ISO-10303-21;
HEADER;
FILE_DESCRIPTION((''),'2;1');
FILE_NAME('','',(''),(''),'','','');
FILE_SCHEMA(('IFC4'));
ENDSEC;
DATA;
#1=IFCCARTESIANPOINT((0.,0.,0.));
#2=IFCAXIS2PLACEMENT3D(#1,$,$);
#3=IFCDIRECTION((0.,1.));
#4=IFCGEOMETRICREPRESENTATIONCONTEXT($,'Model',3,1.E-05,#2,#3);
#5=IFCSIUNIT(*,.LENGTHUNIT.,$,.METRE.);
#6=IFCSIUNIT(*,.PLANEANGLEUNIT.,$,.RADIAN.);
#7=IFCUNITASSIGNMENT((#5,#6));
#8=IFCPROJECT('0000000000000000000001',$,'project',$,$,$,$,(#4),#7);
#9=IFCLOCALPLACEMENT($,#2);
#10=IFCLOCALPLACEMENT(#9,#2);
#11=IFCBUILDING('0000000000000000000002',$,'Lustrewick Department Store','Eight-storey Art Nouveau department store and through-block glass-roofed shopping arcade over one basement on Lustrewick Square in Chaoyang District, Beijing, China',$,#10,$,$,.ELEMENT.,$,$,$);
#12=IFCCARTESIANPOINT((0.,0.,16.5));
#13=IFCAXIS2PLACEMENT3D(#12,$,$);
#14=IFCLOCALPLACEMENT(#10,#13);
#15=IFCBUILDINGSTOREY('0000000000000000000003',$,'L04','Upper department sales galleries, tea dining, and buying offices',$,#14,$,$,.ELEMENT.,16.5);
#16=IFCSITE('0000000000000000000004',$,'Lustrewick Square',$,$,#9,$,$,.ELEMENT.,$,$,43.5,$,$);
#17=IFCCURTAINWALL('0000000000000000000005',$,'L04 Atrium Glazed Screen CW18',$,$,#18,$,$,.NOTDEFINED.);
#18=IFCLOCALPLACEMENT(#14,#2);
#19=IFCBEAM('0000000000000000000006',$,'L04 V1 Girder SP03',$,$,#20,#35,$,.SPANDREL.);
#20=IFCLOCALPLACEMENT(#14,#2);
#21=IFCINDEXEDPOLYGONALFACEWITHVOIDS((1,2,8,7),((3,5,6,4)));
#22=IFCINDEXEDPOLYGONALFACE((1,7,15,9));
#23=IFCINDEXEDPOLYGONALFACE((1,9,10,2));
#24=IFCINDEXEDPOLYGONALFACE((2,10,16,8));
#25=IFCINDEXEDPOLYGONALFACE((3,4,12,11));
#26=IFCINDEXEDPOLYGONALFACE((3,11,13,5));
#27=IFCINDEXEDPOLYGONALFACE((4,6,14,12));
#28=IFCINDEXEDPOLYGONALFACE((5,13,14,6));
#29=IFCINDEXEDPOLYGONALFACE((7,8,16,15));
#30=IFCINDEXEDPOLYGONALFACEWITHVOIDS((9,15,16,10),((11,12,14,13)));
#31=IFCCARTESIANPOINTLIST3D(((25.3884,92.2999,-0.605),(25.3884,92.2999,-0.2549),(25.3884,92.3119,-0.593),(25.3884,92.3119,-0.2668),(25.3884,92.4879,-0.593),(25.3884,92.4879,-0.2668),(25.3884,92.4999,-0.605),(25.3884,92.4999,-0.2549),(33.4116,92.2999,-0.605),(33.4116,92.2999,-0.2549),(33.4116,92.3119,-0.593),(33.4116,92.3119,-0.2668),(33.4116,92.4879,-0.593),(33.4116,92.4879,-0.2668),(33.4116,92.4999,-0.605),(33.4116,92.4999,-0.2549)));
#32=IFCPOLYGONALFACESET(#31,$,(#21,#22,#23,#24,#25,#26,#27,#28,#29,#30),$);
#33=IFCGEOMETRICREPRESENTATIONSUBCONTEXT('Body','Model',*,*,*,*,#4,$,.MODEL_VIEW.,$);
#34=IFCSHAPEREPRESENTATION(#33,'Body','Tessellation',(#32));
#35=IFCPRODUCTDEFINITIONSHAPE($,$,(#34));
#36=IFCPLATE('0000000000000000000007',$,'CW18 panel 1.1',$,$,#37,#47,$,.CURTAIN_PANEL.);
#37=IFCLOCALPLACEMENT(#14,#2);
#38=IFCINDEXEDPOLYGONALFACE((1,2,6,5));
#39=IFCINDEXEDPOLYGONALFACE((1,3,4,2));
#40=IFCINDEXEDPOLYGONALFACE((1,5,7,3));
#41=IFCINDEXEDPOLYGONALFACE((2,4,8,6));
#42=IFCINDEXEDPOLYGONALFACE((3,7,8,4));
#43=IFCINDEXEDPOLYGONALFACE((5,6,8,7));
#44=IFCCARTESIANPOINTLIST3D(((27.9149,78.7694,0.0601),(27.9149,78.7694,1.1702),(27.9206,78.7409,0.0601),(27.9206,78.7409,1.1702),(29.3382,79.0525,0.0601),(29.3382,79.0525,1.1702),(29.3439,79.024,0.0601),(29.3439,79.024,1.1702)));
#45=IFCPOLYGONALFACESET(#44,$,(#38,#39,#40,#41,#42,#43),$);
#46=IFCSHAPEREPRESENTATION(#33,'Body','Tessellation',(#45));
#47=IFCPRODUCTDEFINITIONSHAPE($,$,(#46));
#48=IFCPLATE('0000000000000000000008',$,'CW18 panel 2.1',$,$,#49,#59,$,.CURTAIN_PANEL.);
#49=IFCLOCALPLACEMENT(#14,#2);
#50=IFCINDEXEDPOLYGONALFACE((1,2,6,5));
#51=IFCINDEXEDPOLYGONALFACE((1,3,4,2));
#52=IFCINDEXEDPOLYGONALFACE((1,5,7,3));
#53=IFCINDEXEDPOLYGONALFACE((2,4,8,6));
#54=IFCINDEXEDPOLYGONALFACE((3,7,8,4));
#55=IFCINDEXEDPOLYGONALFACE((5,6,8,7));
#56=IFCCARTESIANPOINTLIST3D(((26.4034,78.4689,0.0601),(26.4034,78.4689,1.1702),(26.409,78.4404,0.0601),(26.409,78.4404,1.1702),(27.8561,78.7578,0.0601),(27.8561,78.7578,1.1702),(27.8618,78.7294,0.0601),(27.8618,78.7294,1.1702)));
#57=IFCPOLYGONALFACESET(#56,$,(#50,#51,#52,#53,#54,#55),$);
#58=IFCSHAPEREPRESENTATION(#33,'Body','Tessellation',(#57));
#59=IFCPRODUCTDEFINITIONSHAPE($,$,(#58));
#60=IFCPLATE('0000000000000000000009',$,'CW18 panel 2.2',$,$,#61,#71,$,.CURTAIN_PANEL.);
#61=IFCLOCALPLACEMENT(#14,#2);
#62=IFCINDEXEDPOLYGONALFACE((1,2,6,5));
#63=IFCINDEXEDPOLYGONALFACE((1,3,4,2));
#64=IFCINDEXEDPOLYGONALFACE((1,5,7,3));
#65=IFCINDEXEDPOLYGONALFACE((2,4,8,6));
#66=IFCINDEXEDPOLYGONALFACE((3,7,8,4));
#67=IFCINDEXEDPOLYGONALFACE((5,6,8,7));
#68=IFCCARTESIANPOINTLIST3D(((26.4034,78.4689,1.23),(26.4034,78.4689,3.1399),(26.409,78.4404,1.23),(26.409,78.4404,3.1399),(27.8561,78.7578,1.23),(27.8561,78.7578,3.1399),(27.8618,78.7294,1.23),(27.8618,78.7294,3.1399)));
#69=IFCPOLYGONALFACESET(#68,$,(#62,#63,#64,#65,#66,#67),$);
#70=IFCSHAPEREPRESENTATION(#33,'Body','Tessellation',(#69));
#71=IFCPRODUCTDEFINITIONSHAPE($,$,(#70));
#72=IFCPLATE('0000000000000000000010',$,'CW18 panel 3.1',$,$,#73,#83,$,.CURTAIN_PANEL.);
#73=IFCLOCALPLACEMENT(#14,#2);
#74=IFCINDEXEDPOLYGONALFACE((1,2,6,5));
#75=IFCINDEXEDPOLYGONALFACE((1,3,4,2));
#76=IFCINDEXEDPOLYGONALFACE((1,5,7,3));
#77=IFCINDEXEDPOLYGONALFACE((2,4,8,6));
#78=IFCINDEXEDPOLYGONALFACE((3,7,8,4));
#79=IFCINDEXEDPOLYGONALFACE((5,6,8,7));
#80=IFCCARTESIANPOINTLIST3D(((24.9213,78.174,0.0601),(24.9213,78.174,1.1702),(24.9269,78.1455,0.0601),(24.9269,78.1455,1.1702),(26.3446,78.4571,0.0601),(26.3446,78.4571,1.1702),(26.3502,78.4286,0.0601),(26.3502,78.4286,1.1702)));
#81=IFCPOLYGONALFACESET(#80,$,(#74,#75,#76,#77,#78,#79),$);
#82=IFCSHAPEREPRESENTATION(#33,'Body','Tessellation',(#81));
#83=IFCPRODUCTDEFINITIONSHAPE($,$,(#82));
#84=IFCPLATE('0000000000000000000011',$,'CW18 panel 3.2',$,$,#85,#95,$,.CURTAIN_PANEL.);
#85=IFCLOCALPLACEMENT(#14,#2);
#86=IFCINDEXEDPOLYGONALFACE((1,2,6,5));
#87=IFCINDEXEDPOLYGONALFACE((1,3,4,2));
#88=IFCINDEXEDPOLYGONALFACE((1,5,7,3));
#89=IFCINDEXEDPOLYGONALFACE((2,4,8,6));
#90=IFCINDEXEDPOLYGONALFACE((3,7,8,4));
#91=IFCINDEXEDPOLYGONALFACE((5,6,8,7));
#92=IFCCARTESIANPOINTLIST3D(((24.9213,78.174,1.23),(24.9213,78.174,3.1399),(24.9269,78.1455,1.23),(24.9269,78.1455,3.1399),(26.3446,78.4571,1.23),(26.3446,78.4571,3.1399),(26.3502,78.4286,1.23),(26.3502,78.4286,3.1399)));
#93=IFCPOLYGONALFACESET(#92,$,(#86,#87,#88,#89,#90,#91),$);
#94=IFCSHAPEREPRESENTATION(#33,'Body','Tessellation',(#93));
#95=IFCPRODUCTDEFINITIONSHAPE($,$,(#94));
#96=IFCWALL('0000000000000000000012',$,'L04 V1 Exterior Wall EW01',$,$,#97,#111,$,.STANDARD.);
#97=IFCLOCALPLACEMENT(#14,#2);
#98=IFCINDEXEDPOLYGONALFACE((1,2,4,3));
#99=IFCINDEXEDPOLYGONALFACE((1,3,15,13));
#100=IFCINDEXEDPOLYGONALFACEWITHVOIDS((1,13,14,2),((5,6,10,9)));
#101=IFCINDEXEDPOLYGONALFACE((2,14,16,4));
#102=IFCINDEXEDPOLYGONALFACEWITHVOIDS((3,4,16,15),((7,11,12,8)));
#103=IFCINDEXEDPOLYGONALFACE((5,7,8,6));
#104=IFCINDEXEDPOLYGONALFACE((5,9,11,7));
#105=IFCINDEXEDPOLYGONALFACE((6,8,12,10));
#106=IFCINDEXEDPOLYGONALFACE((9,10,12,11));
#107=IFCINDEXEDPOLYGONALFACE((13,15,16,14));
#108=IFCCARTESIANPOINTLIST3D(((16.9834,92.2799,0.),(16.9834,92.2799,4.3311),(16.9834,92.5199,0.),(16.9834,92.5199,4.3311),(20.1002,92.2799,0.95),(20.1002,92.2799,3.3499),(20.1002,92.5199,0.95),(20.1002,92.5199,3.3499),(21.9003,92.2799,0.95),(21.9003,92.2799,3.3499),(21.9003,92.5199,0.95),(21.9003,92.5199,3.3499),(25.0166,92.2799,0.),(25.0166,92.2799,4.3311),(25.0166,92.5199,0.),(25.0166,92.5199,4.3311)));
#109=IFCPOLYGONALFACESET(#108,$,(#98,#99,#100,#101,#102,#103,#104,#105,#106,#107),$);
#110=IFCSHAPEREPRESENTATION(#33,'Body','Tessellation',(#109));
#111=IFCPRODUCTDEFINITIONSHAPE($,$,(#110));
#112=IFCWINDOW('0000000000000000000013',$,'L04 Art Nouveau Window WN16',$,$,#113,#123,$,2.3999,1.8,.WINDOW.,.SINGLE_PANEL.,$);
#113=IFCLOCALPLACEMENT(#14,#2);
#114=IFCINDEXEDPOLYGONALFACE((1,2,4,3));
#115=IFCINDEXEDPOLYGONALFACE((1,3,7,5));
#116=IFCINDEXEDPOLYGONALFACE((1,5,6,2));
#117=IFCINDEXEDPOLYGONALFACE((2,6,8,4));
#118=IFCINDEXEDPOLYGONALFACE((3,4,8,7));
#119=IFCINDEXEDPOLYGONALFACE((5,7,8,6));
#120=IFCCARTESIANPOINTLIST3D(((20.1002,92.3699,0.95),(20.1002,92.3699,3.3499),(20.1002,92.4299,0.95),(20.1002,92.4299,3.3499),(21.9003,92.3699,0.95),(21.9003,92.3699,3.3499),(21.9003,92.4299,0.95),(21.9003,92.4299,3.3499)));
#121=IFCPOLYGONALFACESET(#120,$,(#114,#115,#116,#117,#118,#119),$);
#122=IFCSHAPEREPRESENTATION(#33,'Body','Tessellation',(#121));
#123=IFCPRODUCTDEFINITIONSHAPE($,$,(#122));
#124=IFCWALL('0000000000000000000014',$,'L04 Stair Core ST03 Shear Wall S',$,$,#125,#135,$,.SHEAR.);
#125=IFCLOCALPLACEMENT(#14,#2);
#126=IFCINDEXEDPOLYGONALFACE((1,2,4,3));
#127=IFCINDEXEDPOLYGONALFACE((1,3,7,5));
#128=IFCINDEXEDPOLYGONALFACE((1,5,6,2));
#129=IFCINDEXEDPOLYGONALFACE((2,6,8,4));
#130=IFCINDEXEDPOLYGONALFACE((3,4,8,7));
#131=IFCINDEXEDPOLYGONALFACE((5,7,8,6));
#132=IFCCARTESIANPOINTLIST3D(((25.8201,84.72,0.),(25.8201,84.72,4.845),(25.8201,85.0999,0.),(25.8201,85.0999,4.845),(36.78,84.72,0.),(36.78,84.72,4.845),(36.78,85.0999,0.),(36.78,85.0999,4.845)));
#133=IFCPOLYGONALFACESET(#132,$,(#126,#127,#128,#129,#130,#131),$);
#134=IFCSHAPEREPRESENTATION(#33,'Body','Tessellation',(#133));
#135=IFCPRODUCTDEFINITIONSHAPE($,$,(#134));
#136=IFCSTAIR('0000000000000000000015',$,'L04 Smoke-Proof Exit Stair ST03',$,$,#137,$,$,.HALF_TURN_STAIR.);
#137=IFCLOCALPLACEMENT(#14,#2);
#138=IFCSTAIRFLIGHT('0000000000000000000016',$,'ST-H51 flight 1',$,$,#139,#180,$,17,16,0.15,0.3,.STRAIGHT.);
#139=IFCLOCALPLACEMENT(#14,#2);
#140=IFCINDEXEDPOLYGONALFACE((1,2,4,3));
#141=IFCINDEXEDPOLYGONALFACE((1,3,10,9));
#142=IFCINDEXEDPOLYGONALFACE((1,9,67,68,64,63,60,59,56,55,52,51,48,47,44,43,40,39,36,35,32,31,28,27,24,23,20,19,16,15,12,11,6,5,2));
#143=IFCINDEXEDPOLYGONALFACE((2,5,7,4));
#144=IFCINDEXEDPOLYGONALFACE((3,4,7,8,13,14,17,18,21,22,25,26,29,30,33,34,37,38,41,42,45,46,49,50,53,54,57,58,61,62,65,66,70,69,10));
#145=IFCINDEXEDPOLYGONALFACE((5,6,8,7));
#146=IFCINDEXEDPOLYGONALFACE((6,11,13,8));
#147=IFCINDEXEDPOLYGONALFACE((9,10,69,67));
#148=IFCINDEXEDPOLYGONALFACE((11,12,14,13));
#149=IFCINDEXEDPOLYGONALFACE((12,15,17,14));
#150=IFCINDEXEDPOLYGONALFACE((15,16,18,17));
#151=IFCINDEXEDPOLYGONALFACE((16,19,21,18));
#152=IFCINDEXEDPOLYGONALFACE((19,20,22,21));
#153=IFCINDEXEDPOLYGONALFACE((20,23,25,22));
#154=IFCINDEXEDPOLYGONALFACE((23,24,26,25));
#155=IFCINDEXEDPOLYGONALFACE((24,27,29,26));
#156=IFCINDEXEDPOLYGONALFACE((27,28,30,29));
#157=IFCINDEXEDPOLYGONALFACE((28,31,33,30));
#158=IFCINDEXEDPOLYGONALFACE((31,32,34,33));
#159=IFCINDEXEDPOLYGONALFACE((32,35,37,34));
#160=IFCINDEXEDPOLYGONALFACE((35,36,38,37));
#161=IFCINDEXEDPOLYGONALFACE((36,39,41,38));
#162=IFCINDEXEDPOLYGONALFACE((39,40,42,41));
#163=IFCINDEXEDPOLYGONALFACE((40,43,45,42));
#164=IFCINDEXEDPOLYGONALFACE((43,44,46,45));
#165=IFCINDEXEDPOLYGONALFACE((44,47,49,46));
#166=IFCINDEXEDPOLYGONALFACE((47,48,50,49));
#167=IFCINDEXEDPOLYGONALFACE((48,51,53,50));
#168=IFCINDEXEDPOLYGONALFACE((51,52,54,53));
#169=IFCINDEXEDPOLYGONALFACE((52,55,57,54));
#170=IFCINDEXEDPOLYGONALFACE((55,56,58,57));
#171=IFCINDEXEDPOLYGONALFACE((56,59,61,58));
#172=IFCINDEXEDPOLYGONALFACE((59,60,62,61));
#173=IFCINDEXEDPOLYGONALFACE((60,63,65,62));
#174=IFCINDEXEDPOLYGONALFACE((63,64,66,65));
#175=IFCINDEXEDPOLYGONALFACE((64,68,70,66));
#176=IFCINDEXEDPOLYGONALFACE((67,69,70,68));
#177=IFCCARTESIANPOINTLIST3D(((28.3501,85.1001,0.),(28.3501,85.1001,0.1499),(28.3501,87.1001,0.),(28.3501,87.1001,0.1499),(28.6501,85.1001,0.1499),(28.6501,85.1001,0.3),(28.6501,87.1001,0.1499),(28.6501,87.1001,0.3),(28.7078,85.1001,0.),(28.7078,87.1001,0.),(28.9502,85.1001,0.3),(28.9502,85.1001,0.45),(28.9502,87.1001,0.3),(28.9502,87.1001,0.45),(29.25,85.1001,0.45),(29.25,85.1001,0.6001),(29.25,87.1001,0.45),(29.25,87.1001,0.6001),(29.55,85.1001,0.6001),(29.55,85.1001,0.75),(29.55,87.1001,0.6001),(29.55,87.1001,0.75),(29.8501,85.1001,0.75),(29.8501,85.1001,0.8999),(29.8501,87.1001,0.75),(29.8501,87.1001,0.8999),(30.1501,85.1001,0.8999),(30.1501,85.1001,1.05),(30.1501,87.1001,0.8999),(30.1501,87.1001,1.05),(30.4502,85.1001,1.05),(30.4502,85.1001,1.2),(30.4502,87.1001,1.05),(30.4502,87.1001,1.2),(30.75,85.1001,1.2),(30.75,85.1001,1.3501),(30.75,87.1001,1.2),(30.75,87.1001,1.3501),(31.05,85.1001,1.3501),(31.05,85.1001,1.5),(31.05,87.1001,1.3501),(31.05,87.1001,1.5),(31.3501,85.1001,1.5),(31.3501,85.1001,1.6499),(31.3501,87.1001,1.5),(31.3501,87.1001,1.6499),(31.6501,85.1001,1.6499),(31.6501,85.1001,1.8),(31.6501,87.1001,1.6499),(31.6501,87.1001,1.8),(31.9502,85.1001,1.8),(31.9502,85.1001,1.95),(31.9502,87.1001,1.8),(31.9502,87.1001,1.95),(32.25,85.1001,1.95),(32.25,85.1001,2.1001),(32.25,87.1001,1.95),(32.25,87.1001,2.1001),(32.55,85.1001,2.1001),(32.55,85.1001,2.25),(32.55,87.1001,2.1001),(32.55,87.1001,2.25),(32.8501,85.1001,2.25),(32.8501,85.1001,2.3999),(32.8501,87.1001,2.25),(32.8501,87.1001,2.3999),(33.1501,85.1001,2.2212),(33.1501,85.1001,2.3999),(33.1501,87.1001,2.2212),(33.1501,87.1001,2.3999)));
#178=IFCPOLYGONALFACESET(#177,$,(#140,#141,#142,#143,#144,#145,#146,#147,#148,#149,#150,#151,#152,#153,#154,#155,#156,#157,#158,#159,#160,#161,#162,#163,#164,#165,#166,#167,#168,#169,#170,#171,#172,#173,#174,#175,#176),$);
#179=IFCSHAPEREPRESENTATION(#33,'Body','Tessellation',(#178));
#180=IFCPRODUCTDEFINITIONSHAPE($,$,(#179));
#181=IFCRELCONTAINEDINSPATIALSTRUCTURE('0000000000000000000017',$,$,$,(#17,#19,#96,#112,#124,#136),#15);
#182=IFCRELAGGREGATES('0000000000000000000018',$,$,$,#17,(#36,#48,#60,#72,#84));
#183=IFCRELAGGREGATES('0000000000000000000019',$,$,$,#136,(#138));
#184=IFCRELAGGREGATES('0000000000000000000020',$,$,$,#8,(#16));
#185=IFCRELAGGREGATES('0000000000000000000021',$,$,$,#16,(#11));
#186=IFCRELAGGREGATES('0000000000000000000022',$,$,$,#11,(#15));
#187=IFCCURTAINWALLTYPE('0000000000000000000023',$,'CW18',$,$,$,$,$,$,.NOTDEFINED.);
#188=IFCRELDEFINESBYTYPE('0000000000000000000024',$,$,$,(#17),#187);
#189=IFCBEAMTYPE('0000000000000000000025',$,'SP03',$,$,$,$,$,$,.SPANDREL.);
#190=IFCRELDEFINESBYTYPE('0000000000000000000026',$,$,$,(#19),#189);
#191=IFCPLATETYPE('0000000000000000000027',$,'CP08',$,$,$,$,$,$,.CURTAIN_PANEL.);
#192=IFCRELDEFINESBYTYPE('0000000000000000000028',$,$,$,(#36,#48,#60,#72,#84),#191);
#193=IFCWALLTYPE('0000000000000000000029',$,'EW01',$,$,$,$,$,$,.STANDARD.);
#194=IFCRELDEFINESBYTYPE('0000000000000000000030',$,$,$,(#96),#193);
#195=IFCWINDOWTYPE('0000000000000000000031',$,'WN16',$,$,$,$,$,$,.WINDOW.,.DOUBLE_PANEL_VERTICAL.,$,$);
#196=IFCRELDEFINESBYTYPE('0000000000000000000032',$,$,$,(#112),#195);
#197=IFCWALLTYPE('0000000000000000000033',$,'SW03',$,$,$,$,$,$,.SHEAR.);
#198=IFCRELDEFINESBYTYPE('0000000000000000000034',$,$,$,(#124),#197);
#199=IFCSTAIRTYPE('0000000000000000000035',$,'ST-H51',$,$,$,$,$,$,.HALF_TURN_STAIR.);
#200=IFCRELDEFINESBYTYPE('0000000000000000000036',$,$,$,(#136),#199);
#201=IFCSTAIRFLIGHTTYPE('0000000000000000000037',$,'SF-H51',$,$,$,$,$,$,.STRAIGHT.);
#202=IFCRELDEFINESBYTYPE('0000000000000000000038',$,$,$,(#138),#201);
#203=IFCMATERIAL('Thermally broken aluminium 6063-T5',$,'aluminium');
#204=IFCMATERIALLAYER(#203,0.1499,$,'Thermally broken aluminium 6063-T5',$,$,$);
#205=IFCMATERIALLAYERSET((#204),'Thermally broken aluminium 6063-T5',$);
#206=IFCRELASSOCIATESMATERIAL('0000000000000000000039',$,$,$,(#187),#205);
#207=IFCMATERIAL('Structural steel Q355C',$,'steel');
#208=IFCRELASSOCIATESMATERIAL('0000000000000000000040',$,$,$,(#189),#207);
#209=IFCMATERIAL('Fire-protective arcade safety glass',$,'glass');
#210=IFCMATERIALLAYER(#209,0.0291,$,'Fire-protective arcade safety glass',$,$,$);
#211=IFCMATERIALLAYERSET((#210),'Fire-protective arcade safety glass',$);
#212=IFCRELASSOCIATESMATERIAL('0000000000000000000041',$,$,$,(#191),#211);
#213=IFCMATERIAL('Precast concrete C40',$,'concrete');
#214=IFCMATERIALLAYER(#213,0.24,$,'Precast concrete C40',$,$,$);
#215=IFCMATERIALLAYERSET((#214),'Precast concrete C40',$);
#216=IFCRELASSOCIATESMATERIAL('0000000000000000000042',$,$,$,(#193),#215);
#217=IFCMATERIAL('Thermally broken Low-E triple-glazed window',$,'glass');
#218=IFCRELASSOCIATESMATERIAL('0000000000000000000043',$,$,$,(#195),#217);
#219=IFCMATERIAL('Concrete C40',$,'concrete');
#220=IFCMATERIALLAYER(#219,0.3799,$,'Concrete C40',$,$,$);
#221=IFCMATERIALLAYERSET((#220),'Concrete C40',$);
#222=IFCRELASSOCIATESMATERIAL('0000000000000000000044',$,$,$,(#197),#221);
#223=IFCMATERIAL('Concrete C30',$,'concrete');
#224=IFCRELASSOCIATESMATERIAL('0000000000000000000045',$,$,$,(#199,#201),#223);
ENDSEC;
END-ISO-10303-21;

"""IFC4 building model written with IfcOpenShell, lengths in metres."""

from ifc_helpers import new_model, si_unit, direction, frame, frame_2d, origin, origin_2d, place, context, subcontext, project, spatial, polyline, rectangle, hollow_rectangle, outline, extrude, material, layer, layer_set, material_profile, profile_set, type_object, element, fill, aggregate, save


model = new_model("IFC4")

# Units and contexts
model_context = context("Model", 3, precision=1e-05, world=origin(), true_north=direction((0.0, 1.0)))
body_context = subcontext(model_context, "Body", "Model", "MODEL_VIEW")
ifc_project = project(units=[si_unit("LENGTHUNIT", "METRE"), si_unit("PLANEANGLEUNIT", "RADIAN")], contexts=[model_context])

# Site, building, storey
site_placement = place(None, origin())
site = spatial("IfcSite", under=ifc_project, at=site_placement, Name="Lustrewick Square", CompositionType="ELEMENT", RefElevation=43.5)
building_placement = place(site_placement, origin())
building = spatial("IfcBuilding", under=site, at=building_placement, Name="Lustrewick Department Store", Description="Eight-storey Art Nouveau department store and through-block glass-roofed shopping arcade over one basement on Lustrewick Square in Chaoyang District, Beijing, China", CompositionType="ELEMENT")
storey_placement = place(building_placement, frame((0.0, 0.0, 16.5)))
storey = spatial("IfcBuildingStorey", under=building, at=storey_placement, Name="L04", Description="Upper department sales galleries, tea dining, and buying offices", CompositionType="ELEMENT", Elevation=16.5)

# Shared definitions
ifc_material_1 = material(Name="Structural steel Q355C", Category="steel")

# Curtain wall
ifc_material_2 = material(Name="Thermally broken aluminium 6063-T5", Category="aluminium")
ifc_layer_1 = layer(ifc_material_2, 0.1499, Name="Thermally broken aluminium 6063-T5")
ifc_layer_set_1 = layer_set([ifc_layer_1], Name="Thermally broken aluminium 6063-T5")
curtain_wall_type_1 = type_object("IfcCurtainWallType", Name="CW18", PredefinedType="NOTDEFINED", material=ifc_layer_set_1)
curtain_wall_1_placement = place(storey_placement, origin())
curtain_wall_1 = element("IfcCurtainWall", 1, at=curtain_wall_1_placement, inside=storey, type_object=curtain_wall_type_1, Name="L04 Atrium Glazed Screen CW18", PredefinedType="NOTDEFINED")

# Beam
ifc_material_profile_1 = material_profile(ifc_material_1, hollow_rectangle(XDim=0.2, YDim=0.3501, WallThickness=0.012, at=origin_2d()), Name="RHS 350x200x12")
ifc_profile_set_1 = profile_set([ifc_material_profile_1], Name="Structural steel Q355C")
beam_type_1 = type_object("IfcBeamType", Name="SP03", PredefinedType="SPANDREL", material=ifc_profile_set_1)
beam_1_placement = place(storey_placement, frame((25.3884, 92.3999, -0.4299), z_axis=(1.0, 0.0, 0.0), x_axis=(0.0, 1.0, 0.0)))
element("IfcBeam", 2, at=beam_1_placement, inside=storey, type_object=beam_type_1, Name="L04 V1 Girder SP03", PredefinedType="SPANDREL", context=body_context, shape_type="SweptSolid", body=[
    extrude(hollow_rectangle(XDim=0.2, YDim=0.3501, WallThickness=0.012, at=origin_2d()), origin(), (0.0, 0.0, 1.0), 8.0232),
])

# Plates
ifc_material_3 = material(Name="Fire-protective arcade safety glass", Category="glass")
ifc_layer_2 = layer(ifc_material_3, 0.0291, Name="Fire-protective arcade safety glass")
ifc_layer_set_2 = layer_set([ifc_layer_2], Name="Fire-protective arcade safety glass")
plate_type = type_object("IfcPlateType", Name="CP08", PredefinedType="CURTAIN_PANEL", material=ifc_layer_set_2)
plate_1_placement = place(storey_placement, frame((28.6294, 78.8967, 0.0601), z_axis=(0.0, 0.0, 1.0), x_axis=(-0.980786, -0.195085, 0.0)))
plate_1 = element("IfcPlate", 3, at=plate_1_placement, type_object=plate_type, Name="CW18 panel 1.1", PredefinedType="CURTAIN_PANEL", context=body_context, shape_type="SweptSolid", body=[
    extrude(rectangle(XDim=1.4512, YDim=0.0291, at=origin_2d()), origin(), (0.0, 0.0, 1.0), 1.1101),
])
plate_2_placement = place(storey_placement, frame((27.1326, 78.5991, 0.0601), z_axis=(0.0, 0.0, 1.0), x_axis=(-0.980786, -0.195085, 0.0)))
plate_2 = element("IfcPlate", 4, at=plate_2_placement, type_object=plate_type, Name="CW18 panel 2.1", PredefinedType="CURTAIN_PANEL", context=body_context, shape_type="SweptSolid", body=[
    extrude(rectangle(XDim=1.4812, YDim=0.0291, at=origin_2d()), origin(), (0.0, 0.0, 1.0), 1.1101),
])
plate_3_placement = place(storey_placement, frame((27.1326, 78.5991, 1.23), z_axis=(0.0, 0.0, 1.0), x_axis=(-0.980786, -0.195085, 0.0)))
plate_3 = element("IfcPlate", 5, at=plate_3_placement, type_object=plate_type, Name="CW18 panel 2.2", PredefinedType="CURTAIN_PANEL", context=body_context, shape_type="SweptSolid", body=[
    extrude(rectangle(XDim=1.4812, YDim=0.0291, at=origin_2d()), origin(), (0.0, 0.0, 1.0), 1.9099),
])
plate_4_placement = place(storey_placement, frame((25.6357, 78.3013, 0.0601), z_axis=(0.0, 0.0, 1.0), x_axis=(-0.980786, -0.195085, 0.0)))
plate_4 = element("IfcPlate", 6, at=plate_4_placement, type_object=plate_type, Name="CW18 panel 3.1", PredefinedType="CURTAIN_PANEL", context=body_context, shape_type="SweptSolid", body=[
    extrude(rectangle(XDim=1.4512, YDim=0.0291, at=origin_2d()), origin(), (0.0, 0.0, 1.0), 1.1101),
])
plate_5_placement = place(storey_placement, frame((25.6357, 78.3013, 1.23), z_axis=(0.0, 0.0, 1.0), x_axis=(-0.980786, -0.195085, 0.0)))
plate_5 = element("IfcPlate", 7, at=plate_5_placement, type_object=plate_type, Name="CW18 panel 3.2", PredefinedType="CURTAIN_PANEL", context=body_context, shape_type="SweptSolid", body=[
    extrude(rectangle(XDim=1.4512, YDim=0.0291, at=origin_2d()), origin(), (0.0, 0.0, 1.0), 1.9099),
])
aggregate(curtain_wall_1, [plate_1, plate_2, plate_3, plate_4, plate_5])

# Wall, opening, window
ifc_material_4 = material(Name="Precast concrete C40", Category="concrete")
ifc_layer_3 = layer(ifc_material_4, 0.24, Name="Precast concrete C40")
ifc_layer_set_3 = layer_set([ifc_layer_3], Name="Precast concrete C40")
wall_type_1 = type_object("IfcWallType", Name="EW01", PredefinedType="STANDARD", material=ifc_layer_set_3)
wall_1_placement = place(storey_placement, frame((25.0166, 92.3999, 0.0), z_axis=(0.0, 0.0, 1.0), x_axis=(-1.0, 0.0, 0.0)))
wall_1 = element("IfcWall", 8, at=wall_1_placement, inside=storey, type_object=wall_type_1, Name="L04 V1 Exterior Wall EW01", PredefinedType="STANDARD", context=body_context, shape_type="SweptSolid", body=[
    extrude(rectangle(XDim=8.0332, YDim=0.24, at=frame_2d((4.0166, 0.0))), origin(), (0.0, 0.0, 1.0), 4.3311),
])
opening_1_placement = place(wall_1_placement, frame((3.1165, 0.0, 0.95)))
opening_1 = element("IfcOpeningElement", 9, at=opening_1_placement, cuts=wall_1, PredefinedType="OPENING", context=body_context, shape_type="SweptSolid", body=[
    extrude(rectangle(XDim=1.8, YDim=2.3999, at=frame_2d((0.8999, 1.2))), frame((0.0, 0.1299, 0.0), z_axis=(0.0, -1.0, 0.0), x_axis=(1.0, 0.0, 0.0)), (0.0, 0.0, 1.0), 0.26),
])
ifc_material_5 = material(Name="Thermally broken Low-E triple-glazed window", Category="glass")
window_type = type_object("IfcWindowType", Name="WN16", PartitioningType="DOUBLE_PANEL_VERTICAL", PredefinedType="WINDOW", material=ifc_material_5)
window_placement = place(opening_1_placement, origin())
window = element("IfcWindow", 10, at=window_placement, inside=storey, type_object=window_type, Name="L04 Art Nouveau Window WN16", OverallHeight=2.3999, OverallWidth=1.8, PartitioningType="SINGLE_PANEL", PredefinedType="WINDOW", context=body_context, shape_type="SweptSolid", body=[
    extrude(rectangle(XDim=1.8, YDim=2.3999, at=frame_2d((0.8999, 1.2))), frame((0.0, 0.03, 0.0), z_axis=(0.0, -1.0, 0.0), x_axis=(1.0, 0.0, 0.0)), (0.0, 0.0, 1.0), 0.0601),
])
fill(opening_1, window)

# Wall
ifc_material_6 = material(Name="Concrete C40", Category="concrete")
ifc_layer_4 = layer(ifc_material_6, 0.3799, Name="Concrete C40")
ifc_layer_set_4 = layer_set([ifc_layer_4], Name="Concrete C40")
wall_type_2 = type_object("IfcWallType", Name="SW03", PredefinedType="SHEAR", material=ifc_layer_set_4)
wall_2_placement = place(storey_placement, frame((25.8201, 84.9099, 0.0), z_axis=(0.0, 0.0, 1.0), x_axis=(1.0, 0.0, 0.0)))
element("IfcWall", 11, at=wall_2_placement, inside=storey, type_object=wall_type_2, Name="L04 Stair Core ST03 Shear Wall S", PredefinedType="SHEAR", context=body_context, shape_type="SweptSolid", body=[
    extrude(rectangle(XDim=10.96, YDim=0.3799, at=frame_2d((5.48, 0.0))), origin(), (0.0, 0.0, 1.0), 4.845),
])

# Stair, stair flight
ifc_material_7 = material(Name="Concrete C30", Category="concrete")
stair_type = type_object("IfcStairType", Name="ST-H51", PredefinedType="HALF_TURN_STAIR", material=ifc_material_7)
stair_placement = place(storey_placement, origin())
stair = element("IfcStair", 12, at=stair_placement, inside=storey, type_object=stair_type, Name="L04 Smoke-Proof Exit Stair ST03", PredefinedType="HALF_TURN_STAIR")
stair_flight_type = type_object("IfcStairFlightType", Name="SF-H51", PredefinedType="STRAIGHT", material=ifc_material_7)
stair_flight_placement = place(storey_placement, frame((28.3501, 86.1001, 0.0), z_axis=(0.0, 0.0, 1.0), x_axis=(1.0, 0.0, 0.0)))
stair_flight = element("IfcStairFlight", 13, at=stair_flight_placement, type_object=stair_flight_type, Name="ST-H51 flight 1", NumberOfRisers=17, NumberOfTreads=16, PredefinedType="STRAIGHT", RiserHeight=0.15, TreadLength=0.3, context=body_context, shape_type="SweptSolid", body=[
    extrude(outline(polyline([(0.0, 0.0), (0.0, 0.1499), (0.3, 0.1499), (0.3, 0.3), (0.6001, 0.3), (0.6001, 0.45), (0.8999, 0.45), (0.8999, 0.6001), (1.2, 0.6001), (1.2, 0.75), (1.5, 0.75), (1.5, 0.8999), (1.8, 0.8999), (1.8, 1.05), (2.1001, 1.05), (2.1001, 1.2), (2.3999, 1.2), (2.3999, 1.3501), (2.7, 1.3501), (2.7, 1.5), (3.0, 1.5), (3.0, 1.6499), (3.3, 1.6499), (3.3, 1.8), (3.6001, 1.8), (3.6001, 1.95), (3.8999, 1.95), (3.8999, 2.1001), (4.2, 2.1001), (4.2, 2.25), (4.5, 2.25), (4.5, 2.3999), (4.8, 2.3999), (4.8, 2.55), (4.8, 2.2212), (0.3577, 0.0), (0.0, 0.0)])), frame((0.0, 1.0, 0.0), z_axis=(0.0, -1.0, 0.0), x_axis=(1.0, 0.0, 0.0)), (0.0, 0.0, 1.0), 2.0),
])
aggregate(stair, [stair_flight])

save(model, "model.ifc")
